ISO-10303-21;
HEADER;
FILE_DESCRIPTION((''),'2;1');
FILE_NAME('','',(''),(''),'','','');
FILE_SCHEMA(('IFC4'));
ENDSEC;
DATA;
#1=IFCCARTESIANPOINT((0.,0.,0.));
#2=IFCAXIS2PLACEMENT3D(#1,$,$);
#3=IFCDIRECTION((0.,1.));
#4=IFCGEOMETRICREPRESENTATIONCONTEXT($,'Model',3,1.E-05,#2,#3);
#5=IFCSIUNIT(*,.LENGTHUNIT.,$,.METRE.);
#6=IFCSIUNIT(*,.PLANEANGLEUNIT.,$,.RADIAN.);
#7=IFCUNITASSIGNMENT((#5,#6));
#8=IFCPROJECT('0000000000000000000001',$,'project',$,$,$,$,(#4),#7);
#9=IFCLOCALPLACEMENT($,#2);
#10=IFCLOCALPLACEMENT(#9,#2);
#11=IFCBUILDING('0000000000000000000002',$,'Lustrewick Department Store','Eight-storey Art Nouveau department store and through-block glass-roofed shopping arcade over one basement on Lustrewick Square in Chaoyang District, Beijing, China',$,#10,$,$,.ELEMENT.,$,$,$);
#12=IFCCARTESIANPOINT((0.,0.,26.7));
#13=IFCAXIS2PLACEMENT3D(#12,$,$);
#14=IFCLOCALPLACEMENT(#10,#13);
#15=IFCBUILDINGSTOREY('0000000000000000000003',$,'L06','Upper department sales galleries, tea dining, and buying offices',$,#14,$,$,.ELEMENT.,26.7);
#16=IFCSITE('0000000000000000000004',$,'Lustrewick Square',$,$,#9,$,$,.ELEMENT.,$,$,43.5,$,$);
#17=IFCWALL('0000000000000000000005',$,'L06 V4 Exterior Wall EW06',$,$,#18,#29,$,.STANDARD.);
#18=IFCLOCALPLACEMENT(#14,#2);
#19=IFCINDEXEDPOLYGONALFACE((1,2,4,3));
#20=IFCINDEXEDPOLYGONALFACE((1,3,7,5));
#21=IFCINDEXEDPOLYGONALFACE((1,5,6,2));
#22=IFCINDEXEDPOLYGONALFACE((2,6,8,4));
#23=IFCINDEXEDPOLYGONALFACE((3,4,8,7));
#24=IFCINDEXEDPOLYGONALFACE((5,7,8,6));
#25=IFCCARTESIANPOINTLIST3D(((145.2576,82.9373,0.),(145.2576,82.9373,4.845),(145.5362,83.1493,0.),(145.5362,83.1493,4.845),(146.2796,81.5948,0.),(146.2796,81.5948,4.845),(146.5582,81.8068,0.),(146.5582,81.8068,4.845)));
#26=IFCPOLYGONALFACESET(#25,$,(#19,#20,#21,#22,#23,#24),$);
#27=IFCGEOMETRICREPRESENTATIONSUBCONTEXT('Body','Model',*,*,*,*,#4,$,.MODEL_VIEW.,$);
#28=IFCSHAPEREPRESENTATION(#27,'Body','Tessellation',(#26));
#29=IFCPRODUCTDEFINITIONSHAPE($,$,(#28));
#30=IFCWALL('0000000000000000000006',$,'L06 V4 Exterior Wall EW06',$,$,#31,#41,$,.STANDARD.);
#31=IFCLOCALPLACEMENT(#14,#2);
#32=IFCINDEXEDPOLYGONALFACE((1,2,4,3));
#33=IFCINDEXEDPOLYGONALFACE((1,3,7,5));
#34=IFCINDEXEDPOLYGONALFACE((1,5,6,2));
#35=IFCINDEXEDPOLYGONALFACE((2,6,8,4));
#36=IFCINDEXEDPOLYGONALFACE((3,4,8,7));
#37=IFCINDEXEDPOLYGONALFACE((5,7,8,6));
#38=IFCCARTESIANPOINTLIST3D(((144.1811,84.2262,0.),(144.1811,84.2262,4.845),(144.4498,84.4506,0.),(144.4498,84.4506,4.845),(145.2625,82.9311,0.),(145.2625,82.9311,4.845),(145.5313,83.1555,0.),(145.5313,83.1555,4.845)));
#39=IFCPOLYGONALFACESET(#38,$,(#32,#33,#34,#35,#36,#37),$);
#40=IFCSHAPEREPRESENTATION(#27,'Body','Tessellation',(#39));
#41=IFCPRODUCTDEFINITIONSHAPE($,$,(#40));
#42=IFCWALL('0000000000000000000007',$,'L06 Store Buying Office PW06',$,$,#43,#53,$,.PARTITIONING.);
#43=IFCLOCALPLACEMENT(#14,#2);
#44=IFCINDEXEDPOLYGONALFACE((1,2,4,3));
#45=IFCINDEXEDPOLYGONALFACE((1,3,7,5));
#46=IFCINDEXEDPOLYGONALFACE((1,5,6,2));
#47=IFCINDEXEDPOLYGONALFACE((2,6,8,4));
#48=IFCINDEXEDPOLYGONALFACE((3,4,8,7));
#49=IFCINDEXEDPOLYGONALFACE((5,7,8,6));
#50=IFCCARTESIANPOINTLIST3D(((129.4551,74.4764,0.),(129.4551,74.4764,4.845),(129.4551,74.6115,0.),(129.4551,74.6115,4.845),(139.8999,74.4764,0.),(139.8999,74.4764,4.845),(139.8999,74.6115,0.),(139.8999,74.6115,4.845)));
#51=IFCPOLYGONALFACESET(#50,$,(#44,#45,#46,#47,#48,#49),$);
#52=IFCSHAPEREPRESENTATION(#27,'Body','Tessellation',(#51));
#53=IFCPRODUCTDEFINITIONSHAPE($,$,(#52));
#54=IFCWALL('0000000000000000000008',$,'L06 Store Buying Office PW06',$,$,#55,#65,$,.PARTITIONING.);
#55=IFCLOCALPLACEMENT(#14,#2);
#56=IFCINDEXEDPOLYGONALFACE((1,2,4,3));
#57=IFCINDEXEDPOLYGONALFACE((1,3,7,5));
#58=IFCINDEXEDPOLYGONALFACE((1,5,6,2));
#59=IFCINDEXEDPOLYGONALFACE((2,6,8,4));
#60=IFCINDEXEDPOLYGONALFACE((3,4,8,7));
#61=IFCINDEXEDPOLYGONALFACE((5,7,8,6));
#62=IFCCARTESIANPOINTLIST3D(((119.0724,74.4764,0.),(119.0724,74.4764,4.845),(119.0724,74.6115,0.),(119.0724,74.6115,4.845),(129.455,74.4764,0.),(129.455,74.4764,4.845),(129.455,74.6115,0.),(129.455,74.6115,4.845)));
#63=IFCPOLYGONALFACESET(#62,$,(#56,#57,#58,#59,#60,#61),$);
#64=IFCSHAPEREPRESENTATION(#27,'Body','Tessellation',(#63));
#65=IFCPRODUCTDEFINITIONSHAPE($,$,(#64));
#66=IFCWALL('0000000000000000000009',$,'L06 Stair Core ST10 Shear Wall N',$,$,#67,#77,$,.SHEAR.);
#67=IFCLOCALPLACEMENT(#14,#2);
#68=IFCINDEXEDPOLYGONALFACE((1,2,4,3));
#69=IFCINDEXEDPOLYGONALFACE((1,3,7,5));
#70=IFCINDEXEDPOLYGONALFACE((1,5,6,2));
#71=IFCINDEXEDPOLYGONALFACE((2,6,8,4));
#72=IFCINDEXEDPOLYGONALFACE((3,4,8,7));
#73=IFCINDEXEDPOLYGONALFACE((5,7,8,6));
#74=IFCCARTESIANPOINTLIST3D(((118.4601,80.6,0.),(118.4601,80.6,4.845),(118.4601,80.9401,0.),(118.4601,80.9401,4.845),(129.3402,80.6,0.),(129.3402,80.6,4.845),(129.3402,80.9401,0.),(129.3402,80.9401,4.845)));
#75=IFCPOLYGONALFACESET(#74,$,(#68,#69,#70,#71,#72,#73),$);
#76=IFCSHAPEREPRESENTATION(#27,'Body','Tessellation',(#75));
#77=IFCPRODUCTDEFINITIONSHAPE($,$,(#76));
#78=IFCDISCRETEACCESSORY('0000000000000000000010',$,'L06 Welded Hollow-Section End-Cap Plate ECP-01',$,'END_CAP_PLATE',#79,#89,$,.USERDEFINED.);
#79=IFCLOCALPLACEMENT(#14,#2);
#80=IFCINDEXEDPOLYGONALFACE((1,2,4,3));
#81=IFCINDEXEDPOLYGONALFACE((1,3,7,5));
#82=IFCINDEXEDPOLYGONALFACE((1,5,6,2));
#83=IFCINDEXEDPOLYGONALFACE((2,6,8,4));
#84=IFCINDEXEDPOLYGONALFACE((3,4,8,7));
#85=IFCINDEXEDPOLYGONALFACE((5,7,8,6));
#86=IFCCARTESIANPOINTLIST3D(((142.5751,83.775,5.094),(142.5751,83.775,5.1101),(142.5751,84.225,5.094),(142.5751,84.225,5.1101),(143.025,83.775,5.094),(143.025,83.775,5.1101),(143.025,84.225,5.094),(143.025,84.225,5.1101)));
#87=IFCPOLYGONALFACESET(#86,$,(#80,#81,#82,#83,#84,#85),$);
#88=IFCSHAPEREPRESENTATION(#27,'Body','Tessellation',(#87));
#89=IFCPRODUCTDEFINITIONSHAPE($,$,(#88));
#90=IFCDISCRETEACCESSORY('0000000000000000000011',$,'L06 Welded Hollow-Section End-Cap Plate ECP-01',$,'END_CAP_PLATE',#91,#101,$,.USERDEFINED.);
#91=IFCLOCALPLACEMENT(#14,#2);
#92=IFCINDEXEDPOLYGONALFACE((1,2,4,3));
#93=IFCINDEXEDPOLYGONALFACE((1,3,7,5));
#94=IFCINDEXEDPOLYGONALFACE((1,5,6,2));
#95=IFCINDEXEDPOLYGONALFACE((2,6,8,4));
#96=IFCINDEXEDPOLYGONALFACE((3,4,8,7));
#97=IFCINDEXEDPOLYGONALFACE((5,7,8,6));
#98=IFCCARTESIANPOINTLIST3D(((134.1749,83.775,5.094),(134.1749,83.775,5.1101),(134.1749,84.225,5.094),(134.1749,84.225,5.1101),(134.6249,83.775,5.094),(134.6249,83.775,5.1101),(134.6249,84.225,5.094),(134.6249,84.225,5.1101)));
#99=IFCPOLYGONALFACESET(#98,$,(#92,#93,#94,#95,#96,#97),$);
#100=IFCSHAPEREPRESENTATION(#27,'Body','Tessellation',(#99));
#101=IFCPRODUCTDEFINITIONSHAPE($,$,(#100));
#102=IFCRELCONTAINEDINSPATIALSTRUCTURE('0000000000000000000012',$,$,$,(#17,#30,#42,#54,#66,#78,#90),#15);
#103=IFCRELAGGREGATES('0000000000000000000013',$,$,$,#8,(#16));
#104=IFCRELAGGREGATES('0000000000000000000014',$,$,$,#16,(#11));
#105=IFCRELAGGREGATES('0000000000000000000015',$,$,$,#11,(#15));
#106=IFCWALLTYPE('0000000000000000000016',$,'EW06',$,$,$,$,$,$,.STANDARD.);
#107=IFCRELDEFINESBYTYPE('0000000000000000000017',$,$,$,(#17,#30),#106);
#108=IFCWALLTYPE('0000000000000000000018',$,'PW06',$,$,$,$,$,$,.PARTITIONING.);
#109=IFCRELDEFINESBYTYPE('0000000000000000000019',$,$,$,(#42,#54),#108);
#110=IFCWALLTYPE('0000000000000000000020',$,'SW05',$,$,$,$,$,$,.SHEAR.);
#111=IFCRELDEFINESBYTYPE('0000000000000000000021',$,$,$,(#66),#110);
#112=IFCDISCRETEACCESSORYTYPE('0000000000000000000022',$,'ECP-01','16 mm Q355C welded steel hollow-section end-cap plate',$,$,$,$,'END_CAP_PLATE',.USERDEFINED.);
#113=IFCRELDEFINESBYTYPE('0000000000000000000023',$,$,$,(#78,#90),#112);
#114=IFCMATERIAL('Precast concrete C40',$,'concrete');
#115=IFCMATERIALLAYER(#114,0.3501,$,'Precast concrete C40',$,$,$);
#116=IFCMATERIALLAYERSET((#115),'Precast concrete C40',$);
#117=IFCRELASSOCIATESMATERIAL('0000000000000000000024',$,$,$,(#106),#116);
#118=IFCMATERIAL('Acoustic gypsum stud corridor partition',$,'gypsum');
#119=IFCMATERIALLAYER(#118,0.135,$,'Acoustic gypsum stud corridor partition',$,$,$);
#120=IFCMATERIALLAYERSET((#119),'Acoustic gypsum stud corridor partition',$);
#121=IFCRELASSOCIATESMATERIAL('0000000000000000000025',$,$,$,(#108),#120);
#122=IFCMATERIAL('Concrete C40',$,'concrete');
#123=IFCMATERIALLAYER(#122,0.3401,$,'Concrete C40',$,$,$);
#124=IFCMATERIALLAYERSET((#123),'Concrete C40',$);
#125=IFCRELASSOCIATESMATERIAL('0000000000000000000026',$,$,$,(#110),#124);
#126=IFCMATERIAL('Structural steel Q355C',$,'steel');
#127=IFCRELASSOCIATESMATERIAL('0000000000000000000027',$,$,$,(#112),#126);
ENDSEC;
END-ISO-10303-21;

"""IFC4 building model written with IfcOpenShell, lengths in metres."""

from ifc_helpers import new_model, si_unit, direction, frame, frame_2d, origin, origin_2d, place, context, subcontext, project, spatial, rectangle, extrude, material, layer, layer_set, type_object, element, save


model = new_model("IFC4")

# Units and contexts
model_context = context("Model", 3, precision=1e-05, world=origin(), true_north=direction((0.0, 1.0)))
body_context = subcontext(model_context, "Body", "Model", "MODEL_VIEW")
ifc_project = project(units=[si_unit("LENGTHUNIT", "METRE"), si_unit("PLANEANGLEUNIT", "RADIAN")], contexts=[model_context])

# Site, building, storey
site_placement = place(None, origin())
site = spatial("IfcSite", under=ifc_project, at=site_placement, Name="Lustrewick Square", CompositionType="ELEMENT", RefElevation=43.5)
building_placement = place(site_placement, origin())
building = spatial("IfcBuilding", under=site, at=building_placement, Name="Lustrewick Department Store", Description="Eight-storey Art Nouveau department store and through-block glass-roofed shopping arcade over one basement on Lustrewick Square in Chaoyang District, Beijing, China", CompositionType="ELEMENT")
storey_placement = place(building_placement, frame((0.0, 0.0, 26.7)))
storey = spatial("IfcBuildingStorey", under=building, at=storey_placement, Name="L06", Description="Upper department sales galleries, tea dining, and buying offices", CompositionType="ELEMENT", Elevation=26.7)

# Shared definitions
ifc_material_1 = material(Name="Structural steel Q355C", Category="steel")

# Walls
ifc_material_2 = material(Name="Precast concrete C40", Category="concrete")
ifc_layer_1 = layer(ifc_material_2, 0.3501, Name="Precast concrete C40")
ifc_layer_set_1 = layer_set([ifc_layer_1], Name="Precast concrete C40")
wall_type_1 = type_object("IfcWallType", Name="EW06", PredefinedType="STANDARD", material=ifc_layer_set_1)
for number, where, z_axis, x_axis, name in (
    (1, (146.4189, 81.7007, 0.0), (0.0, 0.0, 1.0), (-0.605703, 0.795691, 0.0), "L06 V4 Exterior Wall EW06"),
    (2, (145.397, 83.0432, 0.0), (0.0, 0.0, 1.0), (-0.640967, 0.767569, 0.0), "L06 V4 Exterior Wall EW06"),
):
    element("IfcWall", number, at=place(storey_placement, frame(where, z_axis=z_axis, x_axis=x_axis)), inside=storey, type_object=wall_type_1, Name=name, PredefinedType="STANDARD", context=body_context, shape_type="SweptSolid", body=[
        extrude(rectangle(XDim=1.6873, YDim=0.3501, at=frame_2d((0.8438, 0.0))), origin(), (0.0, 0.0, 1.0), 4.845),
    ])
ifc_material_3 = material(Name="Acoustic gypsum stud corridor partition", Category="gypsum")
ifc_layer_2 = layer(ifc_material_3, 0.135, Name="Acoustic gypsum stud corridor partition")
ifc_layer_set_2 = layer_set([ifc_layer_2], Name="Acoustic gypsum stud corridor partition")
wall_type_2 = type_object("IfcWallType", Name="PW06", PredefinedType="PARTITIONING", material=ifc_layer_set_2)
wall_1_placement = place(storey_placement, frame((139.8999, 74.5439, 0.0), z_axis=(0.0, 0.0, 1.0), x_axis=(-1.0, 0.0, 0.0)))
element("IfcWall", 3, at=wall_1_placement, inside=storey, type_object=wall_type_2, Name="L06 Store Buying Office PW06", PredefinedType="PARTITIONING", context=body_context, shape_type="SweptSolid", body=[
    extrude(rectangle(XDim=10.4448, YDim=0.135, at=frame_2d((5.2224, 0.0))), origin(), (0.0, 0.0, 1.0), 4.845),
])
wall_2_placement = place(storey_placement, frame((129.4551, 74.5439, 0.0), z_axis=(0.0, 0.0, 1.0), x_axis=(-1.0, 0.0, 0.0)))
element("IfcWall", 4, at=wall_2_placement, inside=storey, type_object=wall_type_2, Name="L06 Store Buying Office PW06", PredefinedType="PARTITIONING", context=body_context, shape_type="SweptSolid", body=[
    extrude(rectangle(XDim=10.3826, YDim=0.135, at=frame_2d((5.1914, 0.0))), origin(), (0.0, 0.0, 1.0), 4.845),
])
ifc_material_4 = material(Name="Concrete C40", Category="concrete")
ifc_layer_3 = layer(ifc_material_4, 0.3401, Name="Concrete C40")
ifc_layer_set_3 = layer_set([ifc_layer_3], Name="Concrete C40")
wall_type_3 = type_object("IfcWallType", Name="SW05", PredefinedType="SHEAR", material=ifc_layer_set_3)
wall_3_placement = place(storey_placement, frame((129.3401, 80.77, 0.0), z_axis=(0.0, 0.0, 1.0), x_axis=(-1.0, 0.0, 0.0)))
element("IfcWall", 5, at=wall_3_placement, inside=storey, type_object=wall_type_3, Name="L06 Stair Core ST10 Shear Wall N", PredefinedType="SHEAR", context=body_context, shape_type="SweptSolid", body=[
    extrude(rectangle(XDim=10.8801, YDim=0.3401, at=frame_2d((5.4399, 0.0))), origin(), (0.0, 0.0, 1.0), 4.845),
])

# Discrete accessories
discrete_accessory_type = type_object("IfcDiscreteAccessoryType", Name="ECP-01", Description="16 mm Q355C welded steel hollow-section end-cap plate", ElementType="END_CAP_PLATE", PredefinedType="USERDEFINED", material=ifc_material_1)
for number, where, z_axis, x_axis, name in (
    (6, (142.8, 84.0, 5.094), (0.0, 0.0, 1.0), (1.0, 0.0, 0.0), "L06 Welded Hollow-Section End-Cap Plate ECP-01"),
    (7, (134.3999, 84.0, 5.094), (0.0, 0.0, 1.0), (1.0, 0.0, 0.0), "L06 Welded Hollow-Section End-Cap Plate ECP-01"),
):
    element("IfcDiscreteAccessory", number, at=place(storey_placement, frame(where, z_axis=z_axis, x_axis=x_axis)), inside=storey, type_object=discrete_accessory_type, Name=name, ObjectType="END_CAP_PLATE", PredefinedType="USERDEFINED", context=body_context, shape_type="SweptSolid", body=[
        extrude(rectangle(XDim=0.45, YDim=0.45, at=origin_2d()), origin(), (0.0, 0.0, 1.0), 0.0161),
    ])

save(model, "model.ifc")
